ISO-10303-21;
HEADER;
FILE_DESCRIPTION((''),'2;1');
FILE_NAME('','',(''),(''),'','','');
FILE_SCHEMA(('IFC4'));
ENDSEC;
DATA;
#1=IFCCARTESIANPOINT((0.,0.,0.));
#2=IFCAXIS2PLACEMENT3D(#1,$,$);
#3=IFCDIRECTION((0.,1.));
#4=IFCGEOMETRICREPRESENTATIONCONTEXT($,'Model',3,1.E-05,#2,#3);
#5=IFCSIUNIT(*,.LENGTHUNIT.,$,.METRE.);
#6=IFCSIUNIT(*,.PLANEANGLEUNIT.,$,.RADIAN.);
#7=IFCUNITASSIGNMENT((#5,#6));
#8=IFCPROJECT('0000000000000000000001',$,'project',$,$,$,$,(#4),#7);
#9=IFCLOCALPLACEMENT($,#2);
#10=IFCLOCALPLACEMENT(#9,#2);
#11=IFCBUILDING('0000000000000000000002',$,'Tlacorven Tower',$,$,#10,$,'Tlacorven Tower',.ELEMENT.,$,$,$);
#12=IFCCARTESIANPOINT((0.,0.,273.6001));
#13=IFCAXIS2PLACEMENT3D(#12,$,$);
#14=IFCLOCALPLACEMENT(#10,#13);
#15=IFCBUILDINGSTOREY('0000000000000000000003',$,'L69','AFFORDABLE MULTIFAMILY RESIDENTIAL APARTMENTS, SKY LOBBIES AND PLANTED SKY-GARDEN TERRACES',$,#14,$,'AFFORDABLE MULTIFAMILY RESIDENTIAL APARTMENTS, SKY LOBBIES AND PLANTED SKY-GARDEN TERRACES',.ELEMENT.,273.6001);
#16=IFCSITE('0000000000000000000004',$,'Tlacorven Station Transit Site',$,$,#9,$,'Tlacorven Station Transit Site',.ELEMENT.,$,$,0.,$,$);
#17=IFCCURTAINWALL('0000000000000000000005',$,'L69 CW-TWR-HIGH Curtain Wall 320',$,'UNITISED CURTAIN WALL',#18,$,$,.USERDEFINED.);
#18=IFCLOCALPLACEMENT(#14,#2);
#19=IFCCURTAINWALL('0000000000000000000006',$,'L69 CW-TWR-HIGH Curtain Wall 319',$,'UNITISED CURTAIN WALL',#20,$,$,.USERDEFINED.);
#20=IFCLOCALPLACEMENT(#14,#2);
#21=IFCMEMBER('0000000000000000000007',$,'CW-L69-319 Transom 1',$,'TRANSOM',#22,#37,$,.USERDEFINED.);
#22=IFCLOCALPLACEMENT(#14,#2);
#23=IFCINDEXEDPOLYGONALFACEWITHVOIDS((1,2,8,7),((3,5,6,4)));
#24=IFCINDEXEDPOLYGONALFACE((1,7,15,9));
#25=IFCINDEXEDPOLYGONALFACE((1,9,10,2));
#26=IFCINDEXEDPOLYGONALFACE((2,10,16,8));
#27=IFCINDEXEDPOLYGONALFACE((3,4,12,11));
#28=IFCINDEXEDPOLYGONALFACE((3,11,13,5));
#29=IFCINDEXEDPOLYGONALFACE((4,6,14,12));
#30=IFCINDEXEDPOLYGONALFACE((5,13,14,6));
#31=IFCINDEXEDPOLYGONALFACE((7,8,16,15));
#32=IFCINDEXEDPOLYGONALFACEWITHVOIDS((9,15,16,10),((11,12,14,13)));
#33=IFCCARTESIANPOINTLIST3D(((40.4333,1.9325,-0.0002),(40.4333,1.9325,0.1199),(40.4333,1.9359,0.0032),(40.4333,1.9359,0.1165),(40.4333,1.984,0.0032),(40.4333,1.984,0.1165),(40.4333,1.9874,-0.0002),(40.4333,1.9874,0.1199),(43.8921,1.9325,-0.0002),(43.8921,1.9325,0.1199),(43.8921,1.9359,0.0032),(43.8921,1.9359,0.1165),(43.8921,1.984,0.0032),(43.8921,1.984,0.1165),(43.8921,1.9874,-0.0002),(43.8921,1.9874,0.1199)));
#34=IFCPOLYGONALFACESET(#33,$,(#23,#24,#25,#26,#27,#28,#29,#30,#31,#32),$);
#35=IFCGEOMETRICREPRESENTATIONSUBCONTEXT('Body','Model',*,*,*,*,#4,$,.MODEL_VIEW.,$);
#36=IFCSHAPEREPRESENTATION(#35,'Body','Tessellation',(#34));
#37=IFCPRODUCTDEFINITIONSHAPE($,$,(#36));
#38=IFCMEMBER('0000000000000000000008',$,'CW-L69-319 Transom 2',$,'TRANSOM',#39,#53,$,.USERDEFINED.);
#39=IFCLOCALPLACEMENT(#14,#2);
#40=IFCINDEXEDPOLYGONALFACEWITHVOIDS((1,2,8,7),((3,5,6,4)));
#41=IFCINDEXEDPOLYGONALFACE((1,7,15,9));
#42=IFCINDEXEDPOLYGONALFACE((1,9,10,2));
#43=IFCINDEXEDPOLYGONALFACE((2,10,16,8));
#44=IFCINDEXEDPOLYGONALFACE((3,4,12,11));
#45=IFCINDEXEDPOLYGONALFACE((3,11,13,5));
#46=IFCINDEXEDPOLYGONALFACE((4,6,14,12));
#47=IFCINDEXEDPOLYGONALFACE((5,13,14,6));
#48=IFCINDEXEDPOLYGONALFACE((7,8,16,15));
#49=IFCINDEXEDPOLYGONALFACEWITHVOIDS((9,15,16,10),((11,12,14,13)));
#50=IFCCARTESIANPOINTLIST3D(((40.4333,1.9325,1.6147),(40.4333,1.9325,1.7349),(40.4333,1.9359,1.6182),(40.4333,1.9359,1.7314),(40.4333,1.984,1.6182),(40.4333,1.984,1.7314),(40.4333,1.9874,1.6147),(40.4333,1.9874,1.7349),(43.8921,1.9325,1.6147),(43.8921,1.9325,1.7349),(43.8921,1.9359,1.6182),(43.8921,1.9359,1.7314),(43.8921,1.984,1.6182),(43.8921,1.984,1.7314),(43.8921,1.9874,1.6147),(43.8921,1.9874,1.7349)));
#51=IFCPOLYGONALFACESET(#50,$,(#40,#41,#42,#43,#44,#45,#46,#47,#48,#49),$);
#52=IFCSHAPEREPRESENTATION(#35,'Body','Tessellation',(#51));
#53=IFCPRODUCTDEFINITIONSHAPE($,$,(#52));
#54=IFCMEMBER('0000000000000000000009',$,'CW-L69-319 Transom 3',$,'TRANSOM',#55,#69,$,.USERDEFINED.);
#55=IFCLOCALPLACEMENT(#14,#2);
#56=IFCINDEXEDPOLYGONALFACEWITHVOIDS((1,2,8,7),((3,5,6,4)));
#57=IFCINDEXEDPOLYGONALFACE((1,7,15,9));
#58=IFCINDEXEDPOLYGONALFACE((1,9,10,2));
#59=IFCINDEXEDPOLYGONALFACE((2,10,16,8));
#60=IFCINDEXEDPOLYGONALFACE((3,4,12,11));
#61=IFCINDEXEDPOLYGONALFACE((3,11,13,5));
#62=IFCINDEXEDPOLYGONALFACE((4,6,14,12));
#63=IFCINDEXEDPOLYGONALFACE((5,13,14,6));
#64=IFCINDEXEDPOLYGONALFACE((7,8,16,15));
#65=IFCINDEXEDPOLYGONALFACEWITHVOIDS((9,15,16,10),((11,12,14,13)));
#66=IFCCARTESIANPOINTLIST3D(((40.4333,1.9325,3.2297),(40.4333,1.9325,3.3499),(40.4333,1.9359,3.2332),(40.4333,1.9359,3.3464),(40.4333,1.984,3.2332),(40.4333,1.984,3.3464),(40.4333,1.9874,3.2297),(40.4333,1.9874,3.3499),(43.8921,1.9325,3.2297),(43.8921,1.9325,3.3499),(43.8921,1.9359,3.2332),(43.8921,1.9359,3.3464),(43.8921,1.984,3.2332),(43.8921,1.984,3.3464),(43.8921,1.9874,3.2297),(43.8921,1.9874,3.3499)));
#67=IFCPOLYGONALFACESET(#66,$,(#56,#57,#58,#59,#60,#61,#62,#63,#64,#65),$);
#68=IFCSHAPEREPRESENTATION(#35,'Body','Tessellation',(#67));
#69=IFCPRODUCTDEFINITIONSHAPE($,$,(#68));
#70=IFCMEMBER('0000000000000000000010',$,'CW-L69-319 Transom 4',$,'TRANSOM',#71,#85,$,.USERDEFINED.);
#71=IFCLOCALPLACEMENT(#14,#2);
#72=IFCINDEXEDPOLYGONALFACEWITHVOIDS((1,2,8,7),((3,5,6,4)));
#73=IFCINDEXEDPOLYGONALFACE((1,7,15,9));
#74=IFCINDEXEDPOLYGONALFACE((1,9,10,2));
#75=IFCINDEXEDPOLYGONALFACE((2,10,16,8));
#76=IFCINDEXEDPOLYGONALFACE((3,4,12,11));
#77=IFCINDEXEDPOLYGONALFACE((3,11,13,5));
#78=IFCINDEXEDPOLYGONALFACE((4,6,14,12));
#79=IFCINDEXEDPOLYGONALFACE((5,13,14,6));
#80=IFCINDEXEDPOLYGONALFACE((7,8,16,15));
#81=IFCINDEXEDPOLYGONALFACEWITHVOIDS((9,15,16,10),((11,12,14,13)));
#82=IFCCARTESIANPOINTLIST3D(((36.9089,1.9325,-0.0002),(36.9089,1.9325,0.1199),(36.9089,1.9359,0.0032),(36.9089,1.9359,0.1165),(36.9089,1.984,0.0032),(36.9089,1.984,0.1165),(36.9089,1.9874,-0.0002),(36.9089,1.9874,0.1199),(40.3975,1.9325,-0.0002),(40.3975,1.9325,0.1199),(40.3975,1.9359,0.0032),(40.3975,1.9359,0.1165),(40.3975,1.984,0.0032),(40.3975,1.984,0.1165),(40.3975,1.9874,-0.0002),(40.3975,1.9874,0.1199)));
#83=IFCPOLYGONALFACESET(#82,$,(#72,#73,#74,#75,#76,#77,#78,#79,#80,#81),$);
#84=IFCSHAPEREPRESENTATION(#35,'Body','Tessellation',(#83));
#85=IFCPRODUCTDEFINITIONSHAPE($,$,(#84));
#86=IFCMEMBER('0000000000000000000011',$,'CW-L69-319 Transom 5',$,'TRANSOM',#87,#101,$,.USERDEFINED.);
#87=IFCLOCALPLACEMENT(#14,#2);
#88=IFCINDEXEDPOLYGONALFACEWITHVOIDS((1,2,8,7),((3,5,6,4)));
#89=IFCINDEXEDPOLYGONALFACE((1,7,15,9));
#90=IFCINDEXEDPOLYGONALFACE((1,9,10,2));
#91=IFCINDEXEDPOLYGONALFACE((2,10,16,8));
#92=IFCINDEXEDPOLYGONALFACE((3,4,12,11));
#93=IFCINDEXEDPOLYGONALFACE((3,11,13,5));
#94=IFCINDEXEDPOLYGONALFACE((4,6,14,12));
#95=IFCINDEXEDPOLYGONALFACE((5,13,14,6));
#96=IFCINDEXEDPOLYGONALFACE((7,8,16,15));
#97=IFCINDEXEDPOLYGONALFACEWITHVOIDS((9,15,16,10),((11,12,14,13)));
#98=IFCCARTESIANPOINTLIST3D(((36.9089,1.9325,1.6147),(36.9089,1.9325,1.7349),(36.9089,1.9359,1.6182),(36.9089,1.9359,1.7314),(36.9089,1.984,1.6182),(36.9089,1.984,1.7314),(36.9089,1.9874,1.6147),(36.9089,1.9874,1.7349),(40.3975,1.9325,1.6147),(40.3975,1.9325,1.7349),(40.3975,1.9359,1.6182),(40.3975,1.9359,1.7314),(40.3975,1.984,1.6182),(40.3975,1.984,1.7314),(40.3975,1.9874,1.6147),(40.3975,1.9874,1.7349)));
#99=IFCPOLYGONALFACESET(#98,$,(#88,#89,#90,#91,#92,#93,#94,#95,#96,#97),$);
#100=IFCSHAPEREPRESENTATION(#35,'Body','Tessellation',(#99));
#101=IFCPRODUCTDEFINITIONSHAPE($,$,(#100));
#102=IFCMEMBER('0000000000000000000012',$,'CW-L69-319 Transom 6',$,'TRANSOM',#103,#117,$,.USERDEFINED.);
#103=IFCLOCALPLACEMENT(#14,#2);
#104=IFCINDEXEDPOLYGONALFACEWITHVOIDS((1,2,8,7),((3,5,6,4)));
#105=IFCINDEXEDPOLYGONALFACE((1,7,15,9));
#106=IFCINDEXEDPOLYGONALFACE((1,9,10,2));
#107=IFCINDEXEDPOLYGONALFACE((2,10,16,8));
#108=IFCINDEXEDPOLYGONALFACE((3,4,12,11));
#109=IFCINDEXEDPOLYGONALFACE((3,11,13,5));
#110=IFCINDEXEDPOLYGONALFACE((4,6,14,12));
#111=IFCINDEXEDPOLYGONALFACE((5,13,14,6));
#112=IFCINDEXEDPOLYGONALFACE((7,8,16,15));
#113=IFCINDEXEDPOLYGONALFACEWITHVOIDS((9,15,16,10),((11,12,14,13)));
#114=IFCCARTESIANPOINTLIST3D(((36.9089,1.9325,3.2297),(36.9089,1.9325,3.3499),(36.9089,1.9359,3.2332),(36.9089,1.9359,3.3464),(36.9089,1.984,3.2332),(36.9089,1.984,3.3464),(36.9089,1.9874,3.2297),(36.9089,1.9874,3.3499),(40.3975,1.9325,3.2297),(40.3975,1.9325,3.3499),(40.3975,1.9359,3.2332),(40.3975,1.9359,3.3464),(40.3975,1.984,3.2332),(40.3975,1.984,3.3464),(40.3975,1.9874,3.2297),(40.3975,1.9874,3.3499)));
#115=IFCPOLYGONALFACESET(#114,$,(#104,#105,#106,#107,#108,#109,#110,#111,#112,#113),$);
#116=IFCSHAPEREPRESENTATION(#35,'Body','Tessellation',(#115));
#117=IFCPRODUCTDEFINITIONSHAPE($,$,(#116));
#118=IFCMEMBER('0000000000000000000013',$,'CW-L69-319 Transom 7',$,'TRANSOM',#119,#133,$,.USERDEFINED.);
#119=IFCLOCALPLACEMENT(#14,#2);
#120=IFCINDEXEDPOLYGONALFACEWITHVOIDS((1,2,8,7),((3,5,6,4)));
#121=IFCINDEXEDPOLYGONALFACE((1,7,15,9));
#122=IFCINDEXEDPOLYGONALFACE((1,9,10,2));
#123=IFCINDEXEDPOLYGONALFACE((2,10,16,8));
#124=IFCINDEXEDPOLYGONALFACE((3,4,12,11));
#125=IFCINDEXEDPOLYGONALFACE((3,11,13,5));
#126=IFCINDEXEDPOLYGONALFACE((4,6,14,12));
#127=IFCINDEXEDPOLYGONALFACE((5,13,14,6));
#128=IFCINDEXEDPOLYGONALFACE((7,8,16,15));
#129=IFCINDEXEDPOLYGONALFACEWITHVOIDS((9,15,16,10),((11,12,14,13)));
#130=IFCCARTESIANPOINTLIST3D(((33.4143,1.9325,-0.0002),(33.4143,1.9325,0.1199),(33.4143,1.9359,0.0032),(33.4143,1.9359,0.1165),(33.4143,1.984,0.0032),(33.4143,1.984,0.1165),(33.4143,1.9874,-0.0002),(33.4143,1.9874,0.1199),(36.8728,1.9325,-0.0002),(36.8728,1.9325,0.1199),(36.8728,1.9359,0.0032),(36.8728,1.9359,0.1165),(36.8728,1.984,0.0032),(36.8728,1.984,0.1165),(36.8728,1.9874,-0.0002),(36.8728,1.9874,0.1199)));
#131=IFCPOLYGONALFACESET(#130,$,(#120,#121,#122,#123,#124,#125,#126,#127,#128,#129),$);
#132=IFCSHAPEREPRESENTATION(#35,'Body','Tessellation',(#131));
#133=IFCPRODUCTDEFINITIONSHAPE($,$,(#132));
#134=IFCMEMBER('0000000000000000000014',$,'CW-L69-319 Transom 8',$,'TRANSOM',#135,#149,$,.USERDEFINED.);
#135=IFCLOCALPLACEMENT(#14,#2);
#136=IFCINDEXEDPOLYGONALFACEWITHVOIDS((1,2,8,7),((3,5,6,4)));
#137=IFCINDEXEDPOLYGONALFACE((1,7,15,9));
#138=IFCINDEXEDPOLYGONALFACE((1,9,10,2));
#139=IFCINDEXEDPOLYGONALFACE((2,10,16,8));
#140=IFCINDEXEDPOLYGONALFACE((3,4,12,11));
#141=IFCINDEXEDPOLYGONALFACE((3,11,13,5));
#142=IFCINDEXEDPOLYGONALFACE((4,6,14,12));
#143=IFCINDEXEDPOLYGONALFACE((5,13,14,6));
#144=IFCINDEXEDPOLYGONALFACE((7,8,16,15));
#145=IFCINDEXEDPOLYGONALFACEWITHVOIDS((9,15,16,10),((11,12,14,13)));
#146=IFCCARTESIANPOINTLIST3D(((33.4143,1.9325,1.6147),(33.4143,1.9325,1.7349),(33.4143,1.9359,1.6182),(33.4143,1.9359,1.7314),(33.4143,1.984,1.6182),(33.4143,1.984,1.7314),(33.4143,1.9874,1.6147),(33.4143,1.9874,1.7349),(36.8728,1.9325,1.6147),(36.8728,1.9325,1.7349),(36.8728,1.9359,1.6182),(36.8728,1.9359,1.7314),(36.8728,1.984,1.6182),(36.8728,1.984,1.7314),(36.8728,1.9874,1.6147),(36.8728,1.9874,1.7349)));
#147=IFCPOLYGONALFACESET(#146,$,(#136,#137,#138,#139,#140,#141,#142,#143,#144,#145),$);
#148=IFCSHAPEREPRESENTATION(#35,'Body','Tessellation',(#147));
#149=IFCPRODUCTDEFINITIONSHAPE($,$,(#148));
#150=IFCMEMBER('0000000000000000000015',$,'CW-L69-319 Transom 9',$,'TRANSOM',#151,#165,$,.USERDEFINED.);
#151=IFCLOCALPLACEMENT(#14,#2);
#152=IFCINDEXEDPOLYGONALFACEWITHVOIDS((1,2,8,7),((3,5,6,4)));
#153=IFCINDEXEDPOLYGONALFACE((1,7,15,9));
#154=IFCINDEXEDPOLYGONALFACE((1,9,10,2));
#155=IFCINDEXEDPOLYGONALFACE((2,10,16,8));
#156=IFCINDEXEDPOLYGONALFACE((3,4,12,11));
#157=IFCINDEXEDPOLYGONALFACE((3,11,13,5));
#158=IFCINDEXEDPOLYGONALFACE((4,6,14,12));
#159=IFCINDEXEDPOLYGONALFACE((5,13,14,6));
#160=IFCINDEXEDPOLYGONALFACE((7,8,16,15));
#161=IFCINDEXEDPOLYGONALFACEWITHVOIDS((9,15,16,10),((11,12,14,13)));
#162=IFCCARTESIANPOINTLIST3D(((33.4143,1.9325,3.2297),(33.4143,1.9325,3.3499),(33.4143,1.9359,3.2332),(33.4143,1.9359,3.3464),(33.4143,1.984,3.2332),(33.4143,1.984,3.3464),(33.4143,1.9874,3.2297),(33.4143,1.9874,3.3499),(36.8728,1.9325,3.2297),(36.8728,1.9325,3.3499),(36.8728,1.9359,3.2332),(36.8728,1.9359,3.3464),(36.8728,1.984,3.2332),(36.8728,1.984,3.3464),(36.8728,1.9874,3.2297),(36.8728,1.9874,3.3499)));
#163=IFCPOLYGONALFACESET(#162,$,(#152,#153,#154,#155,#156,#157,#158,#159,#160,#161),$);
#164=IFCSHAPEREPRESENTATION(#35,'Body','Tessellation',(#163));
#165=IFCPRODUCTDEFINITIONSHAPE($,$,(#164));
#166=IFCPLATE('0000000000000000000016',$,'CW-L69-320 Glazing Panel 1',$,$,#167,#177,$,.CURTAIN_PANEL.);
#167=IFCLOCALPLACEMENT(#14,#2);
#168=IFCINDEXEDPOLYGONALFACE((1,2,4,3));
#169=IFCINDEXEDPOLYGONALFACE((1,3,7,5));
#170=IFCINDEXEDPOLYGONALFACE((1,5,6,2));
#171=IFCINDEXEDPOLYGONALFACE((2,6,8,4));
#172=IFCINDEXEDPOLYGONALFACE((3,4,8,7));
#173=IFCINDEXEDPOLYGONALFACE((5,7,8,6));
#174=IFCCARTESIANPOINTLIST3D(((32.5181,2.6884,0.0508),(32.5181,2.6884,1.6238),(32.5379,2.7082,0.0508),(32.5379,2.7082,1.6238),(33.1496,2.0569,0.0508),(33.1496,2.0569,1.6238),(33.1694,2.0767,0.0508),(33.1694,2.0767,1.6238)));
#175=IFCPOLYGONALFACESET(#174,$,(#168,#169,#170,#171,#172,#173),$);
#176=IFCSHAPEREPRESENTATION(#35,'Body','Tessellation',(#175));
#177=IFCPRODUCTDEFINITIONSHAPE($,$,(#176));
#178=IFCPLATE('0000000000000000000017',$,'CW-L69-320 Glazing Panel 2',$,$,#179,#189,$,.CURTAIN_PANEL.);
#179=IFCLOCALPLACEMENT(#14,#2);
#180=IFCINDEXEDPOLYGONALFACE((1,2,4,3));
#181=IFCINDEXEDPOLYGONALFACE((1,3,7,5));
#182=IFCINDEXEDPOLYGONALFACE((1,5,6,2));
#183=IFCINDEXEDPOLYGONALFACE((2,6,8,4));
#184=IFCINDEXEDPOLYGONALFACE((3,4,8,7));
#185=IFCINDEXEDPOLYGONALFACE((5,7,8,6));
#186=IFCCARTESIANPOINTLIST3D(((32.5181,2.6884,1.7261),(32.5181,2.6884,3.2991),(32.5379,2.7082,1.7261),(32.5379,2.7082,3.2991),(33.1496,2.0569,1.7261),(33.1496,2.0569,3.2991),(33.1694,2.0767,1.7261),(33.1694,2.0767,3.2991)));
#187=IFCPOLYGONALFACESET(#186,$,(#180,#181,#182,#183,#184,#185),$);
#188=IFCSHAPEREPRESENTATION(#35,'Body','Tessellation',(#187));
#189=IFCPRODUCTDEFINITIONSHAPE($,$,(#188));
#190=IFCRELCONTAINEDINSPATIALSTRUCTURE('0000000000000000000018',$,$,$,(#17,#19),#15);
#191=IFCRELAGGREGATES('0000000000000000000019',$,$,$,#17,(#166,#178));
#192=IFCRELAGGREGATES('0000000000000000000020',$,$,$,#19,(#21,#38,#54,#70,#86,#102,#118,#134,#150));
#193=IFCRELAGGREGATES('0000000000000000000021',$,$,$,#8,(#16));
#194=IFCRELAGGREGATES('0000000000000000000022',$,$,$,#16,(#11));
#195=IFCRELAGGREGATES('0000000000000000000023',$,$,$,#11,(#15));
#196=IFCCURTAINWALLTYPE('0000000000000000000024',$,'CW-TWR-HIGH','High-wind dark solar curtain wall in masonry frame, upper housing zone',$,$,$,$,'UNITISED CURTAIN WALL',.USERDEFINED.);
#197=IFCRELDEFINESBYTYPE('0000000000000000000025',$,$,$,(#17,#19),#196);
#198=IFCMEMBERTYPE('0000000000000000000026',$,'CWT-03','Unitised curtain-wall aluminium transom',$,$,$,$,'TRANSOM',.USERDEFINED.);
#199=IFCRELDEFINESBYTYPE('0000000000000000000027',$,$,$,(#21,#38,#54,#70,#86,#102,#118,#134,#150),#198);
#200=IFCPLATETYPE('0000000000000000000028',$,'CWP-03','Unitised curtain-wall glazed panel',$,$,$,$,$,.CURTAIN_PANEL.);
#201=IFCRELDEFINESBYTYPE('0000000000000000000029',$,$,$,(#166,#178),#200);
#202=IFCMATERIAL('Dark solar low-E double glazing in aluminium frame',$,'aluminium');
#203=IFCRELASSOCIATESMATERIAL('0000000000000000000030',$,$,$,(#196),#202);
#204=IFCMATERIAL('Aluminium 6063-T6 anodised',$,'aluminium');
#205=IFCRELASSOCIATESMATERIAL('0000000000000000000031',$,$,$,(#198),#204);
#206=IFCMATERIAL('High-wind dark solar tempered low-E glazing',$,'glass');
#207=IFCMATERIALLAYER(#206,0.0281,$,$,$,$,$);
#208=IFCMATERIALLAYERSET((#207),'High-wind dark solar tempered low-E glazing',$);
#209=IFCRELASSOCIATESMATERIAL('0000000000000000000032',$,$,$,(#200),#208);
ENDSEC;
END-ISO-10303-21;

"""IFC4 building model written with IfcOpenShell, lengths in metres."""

from ifc_helpers import new_model, si_unit, direction, frame, origin, origin_2d, place, context, subcontext, project, spatial, rectangle, hollow_rectangle, extrude, source, transform, mapped, material, layer, layer_set, material_profile, profile_set, type_object, element, aggregate, save


model = new_model("IFC4")

# Units and contexts
model_context = context("Model", 3, precision=1e-05, world=origin(), true_north=direction((0.0, 1.0)))
body_context = subcontext(model_context, "Body", "Model", "MODEL_VIEW")
ifc_project = project(units=[si_unit("LENGTHUNIT", "METRE"), si_unit("PLANEANGLEUNIT", "RADIAN")], contexts=[model_context])

# Site, building, storey
site_placement = place(None, origin())
site = spatial("IfcSite", under=ifc_project, at=site_placement, Name="Tlacorven Station Transit Site", LongName="Tlacorven Station Transit Site", CompositionType="ELEMENT", RefElevation=0.0)
building_placement = place(site_placement, origin())
building = spatial("IfcBuilding", under=site, at=building_placement, Name="Tlacorven Tower", LongName="Tlacorven Tower", CompositionType="ELEMENT")
storey_placement = place(building_placement, frame((0.0, 0.0, 273.6001)))
storey = spatial("IfcBuildingStorey", under=building, at=storey_placement, Name="L69", Description="AFFORDABLE MULTIFAMILY RESIDENTIAL APARTMENTS, SKY LOBBIES AND PLANTED SKY-GARDEN TERRACES", LongName="AFFORDABLE MULTIFAMILY RESIDENTIAL APARTMENTS, SKY LOBBIES AND PLANTED SKY-GARDEN TERRACES", CompositionType="ELEMENT", Elevation=273.6001)

# Curtain walls
ifc_material_1 = material(Name="Dark solar low-E double glazing in aluminium frame", Category="aluminium")
curtain_wall_type = type_object("IfcCurtainWallType", Name="CW-TWR-HIGH", Description="High-wind dark solar curtain wall in masonry frame, upper housing zone", ElementType="UNITISED CURTAIN WALL", PredefinedType="USERDEFINED", material=ifc_material_1)
curtain_wall_1_placement = place(storey_placement, origin())
curtain_wall_1 = element("IfcCurtainWall", 1, at=curtain_wall_1_placement, inside=storey, type_object=curtain_wall_type, Name="L69 CW-TWR-HIGH Curtain Wall 320", ObjectType="UNITISED CURTAIN WALL", PredefinedType="USERDEFINED")
ifc_material_2 = material(Name="Aluminium 6063-T6 anodised", Category="aluminium")
ifc_material_profile_1 = material_profile(ifc_material_2, hollow_rectangle(XDim=0.0549, YDim=0.1201, WallThickness=0.0034, at=origin_2d()), Name="ALU TRANSOM 55X120")
ifc_profile_set_1 = profile_set([ifc_material_profile_1], Name="Aluminium 6063-T6 anodised")
member_type_1 = type_object("IfcMemberType", Name="CWT-03", Description="Unitised curtain-wall aluminium transom", ElementType="TRANSOM", PredefinedType="USERDEFINED", material=ifc_profile_set_1)
curtain_wall_2_placement = place(storey_placement, origin())
curtain_wall_2 = element("IfcCurtainWall", 2, at=curtain_wall_2_placement, inside=storey, type_object=curtain_wall_type, Name="L69 CW-TWR-HIGH Curtain Wall 319", ObjectType="UNITISED CURTAIN WALL", PredefinedType="USERDEFINED")

# Members
shared_shape_1 = source(origin(), body_context, "Body", "SweptSolid", [
    extrude(hollow_rectangle(XDim=0.0549, YDim=0.1201, WallThickness=0.0034, at=origin_2d()), origin(), (0.0, 0.0, 1.0), 3.4587),
])
member_1_placement = place(storey_placement, frame((43.8921, 1.96, 0.0598), z_axis=(-1.0, 0.0, 0.0), x_axis=(0.0, -1.0, 0.0)))
member_1 = element("IfcMember", 3, at=member_1_placement, type_object=member_type_1, Name="CW-L69-319 Transom 1", ObjectType="TRANSOM", PredefinedType="USERDEFINED", context=body_context, shape_type="MappedRepresentation", body=[
    mapped(shared_shape_1, transform((0.0, 0.0, 0.0), scale=1.0)),
])
member_2_placement = place(storey_placement, frame((43.8921, 1.96, 1.6748), z_axis=(-1.0, 0.0, 0.0), x_axis=(0.0, -1.0, 0.0)))
member_2 = element("IfcMember", 4, at=member_2_placement, type_object=member_type_1, Name="CW-L69-319 Transom 2", ObjectType="TRANSOM", PredefinedType="USERDEFINED", context=body_context, shape_type="MappedRepresentation", body=[
    mapped(shared_shape_1, transform((0.0, 0.0, 0.0), scale=1.0)),
])
member_3_placement = place(storey_placement, frame((43.8921, 1.96, 3.2898), z_axis=(-1.0, 0.0, 0.0), x_axis=(0.0, -1.0, 0.0)))
member_3 = element("IfcMember", 5, at=member_3_placement, type_object=member_type_1, Name="CW-L69-319 Transom 3", ObjectType="TRANSOM", PredefinedType="USERDEFINED", context=body_context, shape_type="MappedRepresentation", body=[
    mapped(shared_shape_1, transform((0.0, 0.0, 0.0), scale=1.0)),
])
shared_shape_2 = source(origin(), body_context, "Body", "SweptSolid", [
    extrude(hollow_rectangle(XDim=0.0549, YDim=0.1201, WallThickness=0.0034, at=origin_2d()), origin(), (0.0, 0.0, 1.0), 3.4885),
])
member_4_placement = place(storey_placement, frame((40.3975, 1.96, 0.0598), z_axis=(-1.0, 0.0, 0.0), x_axis=(0.0, -1.0, 0.0)))
member_4 = element("IfcMember", 6, at=member_4_placement, type_object=member_type_1, Name="CW-L69-319 Transom 4", ObjectType="TRANSOM", PredefinedType="USERDEFINED", context=body_context, shape_type="MappedRepresentation", body=[
    mapped(shared_shape_2, transform((0.0, 0.0, 0.0), scale=1.0)),
])
member_5_placement = place(storey_placement, frame((40.3975, 1.96, 1.6748), z_axis=(-1.0, 0.0, 0.0), x_axis=(0.0, -1.0, 0.0)))
member_5 = element("IfcMember", 7, at=member_5_placement, type_object=member_type_1, Name="CW-L69-319 Transom 5", ObjectType="TRANSOM", PredefinedType="USERDEFINED", context=body_context, shape_type="MappedRepresentation", body=[
    mapped(shared_shape_2, transform((0.0, 0.0, 0.0), scale=1.0)),
])
member_6_placement = place(storey_placement, frame((40.3975, 1.96, 3.2898), z_axis=(-1.0, 0.0, 0.0), x_axis=(0.0, -1.0, 0.0)))
member_6 = element("IfcMember", 8, at=member_6_placement, type_object=member_type_1, Name="CW-L69-319 Transom 6", ObjectType="TRANSOM", PredefinedType="USERDEFINED", context=body_context, shape_type="MappedRepresentation", body=[
    mapped(shared_shape_2, transform((0.0, 0.0, 0.0), scale=1.0)),
])
shared_shape_3 = source(origin(), body_context, "Body", "SweptSolid", [
    extrude(hollow_rectangle(XDim=0.0549, YDim=0.1201, WallThickness=0.0034, at=origin_2d()), origin(), (0.0, 0.0, 1.0), 3.4585),
])
member_7_placement = place(storey_placement, frame((36.8728, 1.96, 0.0598), z_axis=(-1.0, 0.0, 0.0), x_axis=(0.0, -1.0, 0.0)))
member_7 = element("IfcMember", 9, at=member_7_placement, type_object=member_type_1, Name="CW-L69-319 Transom 7", ObjectType="TRANSOM", PredefinedType="USERDEFINED", context=body_context, shape_type="MappedRepresentation", body=[
    mapped(shared_shape_3, transform((0.0, 0.0, 0.0), scale=1.0)),
])
member_8_placement = place(storey_placement, frame((36.8728, 1.96, 1.6748), z_axis=(-1.0, 0.0, 0.0), x_axis=(0.0, -1.0, 0.0)))
member_8 = element("IfcMember", 10, at=member_8_placement, type_object=member_type_1, Name="CW-L69-319 Transom 8", ObjectType="TRANSOM", PredefinedType="USERDEFINED", context=body_context, shape_type="MappedRepresentation", body=[
    mapped(shared_shape_3, transform((0.0, 0.0, 0.0), scale=1.0)),
])
member_9_placement = place(storey_placement, frame((36.8728, 1.96, 3.2898), z_axis=(-1.0, 0.0, 0.0), x_axis=(0.0, -1.0, 0.0)))
member_9 = element("IfcMember", 11, at=member_9_placement, type_object=member_type_1, Name="CW-L69-319 Transom 9", ObjectType="TRANSOM", PredefinedType="USERDEFINED", context=body_context, shape_type="MappedRepresentation", body=[
    mapped(shared_shape_3, transform((0.0, 0.0, 0.0), scale=1.0)),
])

# Plates
ifc_material_3 = material(Name="High-wind dark solar tempered low-E glazing", Category="glass")
ifc_layer_1 = layer(ifc_material_3, 0.0281)
ifc_layer_set_1 = layer_set([ifc_layer_1], Name="High-wind dark solar tempered low-E glazing")
plate_type = type_object("IfcPlateType", Name="CWP-03", Description="Unitised curtain-wall glazed panel", PredefinedType="CURTAIN_PANEL", material=ifc_layer_set_1)
shared_shape_4 = source(origin(), body_context, "Body", "SweptSolid", [
    extrude(rectangle(XDim=0.8931, YDim=0.0281, at=origin_2d()), origin(), (0.0, 0.0, 1.0), 1.573),
])
plate_1_placement = place(storey_placement, frame((32.8438, 2.3826, 0.0508), z_axis=(0.0, 0.0, 1.0), x_axis=(-0.707107, 0.707107, 0.0)))
plate_1 = element("IfcPlate", 12, at=plate_1_placement, type_object=plate_type, Name="CW-L69-320 Glazing Panel 1", PredefinedType="CURTAIN_PANEL", context=body_context, shape_type="MappedRepresentation", body=[
    mapped(shared_shape_4, transform((0.0, 0.0, 0.0), scale=1.0)),
])
plate_2_placement = place(storey_placement, frame((32.8438, 2.3826, 1.7261), z_axis=(0.0, 0.0, 1.0), x_axis=(-0.707107, 0.707107, 0.0)))
plate_2 = element("IfcPlate", 13, at=plate_2_placement, type_object=plate_type, Name="CW-L69-320 Glazing Panel 2", PredefinedType="CURTAIN_PANEL", context=body_context, shape_type="MappedRepresentation", body=[
    mapped(shared_shape_4, transform((0.0, 0.0, 0.0), scale=1.0)),
])
aggregate(curtain_wall_1, [plate_1, plate_2])
aggregate(curtain_wall_2, [member_1, member_2, member_3, member_4, member_5, member_6, member_7, member_8, member_9])

save(model, "model.ifc")
